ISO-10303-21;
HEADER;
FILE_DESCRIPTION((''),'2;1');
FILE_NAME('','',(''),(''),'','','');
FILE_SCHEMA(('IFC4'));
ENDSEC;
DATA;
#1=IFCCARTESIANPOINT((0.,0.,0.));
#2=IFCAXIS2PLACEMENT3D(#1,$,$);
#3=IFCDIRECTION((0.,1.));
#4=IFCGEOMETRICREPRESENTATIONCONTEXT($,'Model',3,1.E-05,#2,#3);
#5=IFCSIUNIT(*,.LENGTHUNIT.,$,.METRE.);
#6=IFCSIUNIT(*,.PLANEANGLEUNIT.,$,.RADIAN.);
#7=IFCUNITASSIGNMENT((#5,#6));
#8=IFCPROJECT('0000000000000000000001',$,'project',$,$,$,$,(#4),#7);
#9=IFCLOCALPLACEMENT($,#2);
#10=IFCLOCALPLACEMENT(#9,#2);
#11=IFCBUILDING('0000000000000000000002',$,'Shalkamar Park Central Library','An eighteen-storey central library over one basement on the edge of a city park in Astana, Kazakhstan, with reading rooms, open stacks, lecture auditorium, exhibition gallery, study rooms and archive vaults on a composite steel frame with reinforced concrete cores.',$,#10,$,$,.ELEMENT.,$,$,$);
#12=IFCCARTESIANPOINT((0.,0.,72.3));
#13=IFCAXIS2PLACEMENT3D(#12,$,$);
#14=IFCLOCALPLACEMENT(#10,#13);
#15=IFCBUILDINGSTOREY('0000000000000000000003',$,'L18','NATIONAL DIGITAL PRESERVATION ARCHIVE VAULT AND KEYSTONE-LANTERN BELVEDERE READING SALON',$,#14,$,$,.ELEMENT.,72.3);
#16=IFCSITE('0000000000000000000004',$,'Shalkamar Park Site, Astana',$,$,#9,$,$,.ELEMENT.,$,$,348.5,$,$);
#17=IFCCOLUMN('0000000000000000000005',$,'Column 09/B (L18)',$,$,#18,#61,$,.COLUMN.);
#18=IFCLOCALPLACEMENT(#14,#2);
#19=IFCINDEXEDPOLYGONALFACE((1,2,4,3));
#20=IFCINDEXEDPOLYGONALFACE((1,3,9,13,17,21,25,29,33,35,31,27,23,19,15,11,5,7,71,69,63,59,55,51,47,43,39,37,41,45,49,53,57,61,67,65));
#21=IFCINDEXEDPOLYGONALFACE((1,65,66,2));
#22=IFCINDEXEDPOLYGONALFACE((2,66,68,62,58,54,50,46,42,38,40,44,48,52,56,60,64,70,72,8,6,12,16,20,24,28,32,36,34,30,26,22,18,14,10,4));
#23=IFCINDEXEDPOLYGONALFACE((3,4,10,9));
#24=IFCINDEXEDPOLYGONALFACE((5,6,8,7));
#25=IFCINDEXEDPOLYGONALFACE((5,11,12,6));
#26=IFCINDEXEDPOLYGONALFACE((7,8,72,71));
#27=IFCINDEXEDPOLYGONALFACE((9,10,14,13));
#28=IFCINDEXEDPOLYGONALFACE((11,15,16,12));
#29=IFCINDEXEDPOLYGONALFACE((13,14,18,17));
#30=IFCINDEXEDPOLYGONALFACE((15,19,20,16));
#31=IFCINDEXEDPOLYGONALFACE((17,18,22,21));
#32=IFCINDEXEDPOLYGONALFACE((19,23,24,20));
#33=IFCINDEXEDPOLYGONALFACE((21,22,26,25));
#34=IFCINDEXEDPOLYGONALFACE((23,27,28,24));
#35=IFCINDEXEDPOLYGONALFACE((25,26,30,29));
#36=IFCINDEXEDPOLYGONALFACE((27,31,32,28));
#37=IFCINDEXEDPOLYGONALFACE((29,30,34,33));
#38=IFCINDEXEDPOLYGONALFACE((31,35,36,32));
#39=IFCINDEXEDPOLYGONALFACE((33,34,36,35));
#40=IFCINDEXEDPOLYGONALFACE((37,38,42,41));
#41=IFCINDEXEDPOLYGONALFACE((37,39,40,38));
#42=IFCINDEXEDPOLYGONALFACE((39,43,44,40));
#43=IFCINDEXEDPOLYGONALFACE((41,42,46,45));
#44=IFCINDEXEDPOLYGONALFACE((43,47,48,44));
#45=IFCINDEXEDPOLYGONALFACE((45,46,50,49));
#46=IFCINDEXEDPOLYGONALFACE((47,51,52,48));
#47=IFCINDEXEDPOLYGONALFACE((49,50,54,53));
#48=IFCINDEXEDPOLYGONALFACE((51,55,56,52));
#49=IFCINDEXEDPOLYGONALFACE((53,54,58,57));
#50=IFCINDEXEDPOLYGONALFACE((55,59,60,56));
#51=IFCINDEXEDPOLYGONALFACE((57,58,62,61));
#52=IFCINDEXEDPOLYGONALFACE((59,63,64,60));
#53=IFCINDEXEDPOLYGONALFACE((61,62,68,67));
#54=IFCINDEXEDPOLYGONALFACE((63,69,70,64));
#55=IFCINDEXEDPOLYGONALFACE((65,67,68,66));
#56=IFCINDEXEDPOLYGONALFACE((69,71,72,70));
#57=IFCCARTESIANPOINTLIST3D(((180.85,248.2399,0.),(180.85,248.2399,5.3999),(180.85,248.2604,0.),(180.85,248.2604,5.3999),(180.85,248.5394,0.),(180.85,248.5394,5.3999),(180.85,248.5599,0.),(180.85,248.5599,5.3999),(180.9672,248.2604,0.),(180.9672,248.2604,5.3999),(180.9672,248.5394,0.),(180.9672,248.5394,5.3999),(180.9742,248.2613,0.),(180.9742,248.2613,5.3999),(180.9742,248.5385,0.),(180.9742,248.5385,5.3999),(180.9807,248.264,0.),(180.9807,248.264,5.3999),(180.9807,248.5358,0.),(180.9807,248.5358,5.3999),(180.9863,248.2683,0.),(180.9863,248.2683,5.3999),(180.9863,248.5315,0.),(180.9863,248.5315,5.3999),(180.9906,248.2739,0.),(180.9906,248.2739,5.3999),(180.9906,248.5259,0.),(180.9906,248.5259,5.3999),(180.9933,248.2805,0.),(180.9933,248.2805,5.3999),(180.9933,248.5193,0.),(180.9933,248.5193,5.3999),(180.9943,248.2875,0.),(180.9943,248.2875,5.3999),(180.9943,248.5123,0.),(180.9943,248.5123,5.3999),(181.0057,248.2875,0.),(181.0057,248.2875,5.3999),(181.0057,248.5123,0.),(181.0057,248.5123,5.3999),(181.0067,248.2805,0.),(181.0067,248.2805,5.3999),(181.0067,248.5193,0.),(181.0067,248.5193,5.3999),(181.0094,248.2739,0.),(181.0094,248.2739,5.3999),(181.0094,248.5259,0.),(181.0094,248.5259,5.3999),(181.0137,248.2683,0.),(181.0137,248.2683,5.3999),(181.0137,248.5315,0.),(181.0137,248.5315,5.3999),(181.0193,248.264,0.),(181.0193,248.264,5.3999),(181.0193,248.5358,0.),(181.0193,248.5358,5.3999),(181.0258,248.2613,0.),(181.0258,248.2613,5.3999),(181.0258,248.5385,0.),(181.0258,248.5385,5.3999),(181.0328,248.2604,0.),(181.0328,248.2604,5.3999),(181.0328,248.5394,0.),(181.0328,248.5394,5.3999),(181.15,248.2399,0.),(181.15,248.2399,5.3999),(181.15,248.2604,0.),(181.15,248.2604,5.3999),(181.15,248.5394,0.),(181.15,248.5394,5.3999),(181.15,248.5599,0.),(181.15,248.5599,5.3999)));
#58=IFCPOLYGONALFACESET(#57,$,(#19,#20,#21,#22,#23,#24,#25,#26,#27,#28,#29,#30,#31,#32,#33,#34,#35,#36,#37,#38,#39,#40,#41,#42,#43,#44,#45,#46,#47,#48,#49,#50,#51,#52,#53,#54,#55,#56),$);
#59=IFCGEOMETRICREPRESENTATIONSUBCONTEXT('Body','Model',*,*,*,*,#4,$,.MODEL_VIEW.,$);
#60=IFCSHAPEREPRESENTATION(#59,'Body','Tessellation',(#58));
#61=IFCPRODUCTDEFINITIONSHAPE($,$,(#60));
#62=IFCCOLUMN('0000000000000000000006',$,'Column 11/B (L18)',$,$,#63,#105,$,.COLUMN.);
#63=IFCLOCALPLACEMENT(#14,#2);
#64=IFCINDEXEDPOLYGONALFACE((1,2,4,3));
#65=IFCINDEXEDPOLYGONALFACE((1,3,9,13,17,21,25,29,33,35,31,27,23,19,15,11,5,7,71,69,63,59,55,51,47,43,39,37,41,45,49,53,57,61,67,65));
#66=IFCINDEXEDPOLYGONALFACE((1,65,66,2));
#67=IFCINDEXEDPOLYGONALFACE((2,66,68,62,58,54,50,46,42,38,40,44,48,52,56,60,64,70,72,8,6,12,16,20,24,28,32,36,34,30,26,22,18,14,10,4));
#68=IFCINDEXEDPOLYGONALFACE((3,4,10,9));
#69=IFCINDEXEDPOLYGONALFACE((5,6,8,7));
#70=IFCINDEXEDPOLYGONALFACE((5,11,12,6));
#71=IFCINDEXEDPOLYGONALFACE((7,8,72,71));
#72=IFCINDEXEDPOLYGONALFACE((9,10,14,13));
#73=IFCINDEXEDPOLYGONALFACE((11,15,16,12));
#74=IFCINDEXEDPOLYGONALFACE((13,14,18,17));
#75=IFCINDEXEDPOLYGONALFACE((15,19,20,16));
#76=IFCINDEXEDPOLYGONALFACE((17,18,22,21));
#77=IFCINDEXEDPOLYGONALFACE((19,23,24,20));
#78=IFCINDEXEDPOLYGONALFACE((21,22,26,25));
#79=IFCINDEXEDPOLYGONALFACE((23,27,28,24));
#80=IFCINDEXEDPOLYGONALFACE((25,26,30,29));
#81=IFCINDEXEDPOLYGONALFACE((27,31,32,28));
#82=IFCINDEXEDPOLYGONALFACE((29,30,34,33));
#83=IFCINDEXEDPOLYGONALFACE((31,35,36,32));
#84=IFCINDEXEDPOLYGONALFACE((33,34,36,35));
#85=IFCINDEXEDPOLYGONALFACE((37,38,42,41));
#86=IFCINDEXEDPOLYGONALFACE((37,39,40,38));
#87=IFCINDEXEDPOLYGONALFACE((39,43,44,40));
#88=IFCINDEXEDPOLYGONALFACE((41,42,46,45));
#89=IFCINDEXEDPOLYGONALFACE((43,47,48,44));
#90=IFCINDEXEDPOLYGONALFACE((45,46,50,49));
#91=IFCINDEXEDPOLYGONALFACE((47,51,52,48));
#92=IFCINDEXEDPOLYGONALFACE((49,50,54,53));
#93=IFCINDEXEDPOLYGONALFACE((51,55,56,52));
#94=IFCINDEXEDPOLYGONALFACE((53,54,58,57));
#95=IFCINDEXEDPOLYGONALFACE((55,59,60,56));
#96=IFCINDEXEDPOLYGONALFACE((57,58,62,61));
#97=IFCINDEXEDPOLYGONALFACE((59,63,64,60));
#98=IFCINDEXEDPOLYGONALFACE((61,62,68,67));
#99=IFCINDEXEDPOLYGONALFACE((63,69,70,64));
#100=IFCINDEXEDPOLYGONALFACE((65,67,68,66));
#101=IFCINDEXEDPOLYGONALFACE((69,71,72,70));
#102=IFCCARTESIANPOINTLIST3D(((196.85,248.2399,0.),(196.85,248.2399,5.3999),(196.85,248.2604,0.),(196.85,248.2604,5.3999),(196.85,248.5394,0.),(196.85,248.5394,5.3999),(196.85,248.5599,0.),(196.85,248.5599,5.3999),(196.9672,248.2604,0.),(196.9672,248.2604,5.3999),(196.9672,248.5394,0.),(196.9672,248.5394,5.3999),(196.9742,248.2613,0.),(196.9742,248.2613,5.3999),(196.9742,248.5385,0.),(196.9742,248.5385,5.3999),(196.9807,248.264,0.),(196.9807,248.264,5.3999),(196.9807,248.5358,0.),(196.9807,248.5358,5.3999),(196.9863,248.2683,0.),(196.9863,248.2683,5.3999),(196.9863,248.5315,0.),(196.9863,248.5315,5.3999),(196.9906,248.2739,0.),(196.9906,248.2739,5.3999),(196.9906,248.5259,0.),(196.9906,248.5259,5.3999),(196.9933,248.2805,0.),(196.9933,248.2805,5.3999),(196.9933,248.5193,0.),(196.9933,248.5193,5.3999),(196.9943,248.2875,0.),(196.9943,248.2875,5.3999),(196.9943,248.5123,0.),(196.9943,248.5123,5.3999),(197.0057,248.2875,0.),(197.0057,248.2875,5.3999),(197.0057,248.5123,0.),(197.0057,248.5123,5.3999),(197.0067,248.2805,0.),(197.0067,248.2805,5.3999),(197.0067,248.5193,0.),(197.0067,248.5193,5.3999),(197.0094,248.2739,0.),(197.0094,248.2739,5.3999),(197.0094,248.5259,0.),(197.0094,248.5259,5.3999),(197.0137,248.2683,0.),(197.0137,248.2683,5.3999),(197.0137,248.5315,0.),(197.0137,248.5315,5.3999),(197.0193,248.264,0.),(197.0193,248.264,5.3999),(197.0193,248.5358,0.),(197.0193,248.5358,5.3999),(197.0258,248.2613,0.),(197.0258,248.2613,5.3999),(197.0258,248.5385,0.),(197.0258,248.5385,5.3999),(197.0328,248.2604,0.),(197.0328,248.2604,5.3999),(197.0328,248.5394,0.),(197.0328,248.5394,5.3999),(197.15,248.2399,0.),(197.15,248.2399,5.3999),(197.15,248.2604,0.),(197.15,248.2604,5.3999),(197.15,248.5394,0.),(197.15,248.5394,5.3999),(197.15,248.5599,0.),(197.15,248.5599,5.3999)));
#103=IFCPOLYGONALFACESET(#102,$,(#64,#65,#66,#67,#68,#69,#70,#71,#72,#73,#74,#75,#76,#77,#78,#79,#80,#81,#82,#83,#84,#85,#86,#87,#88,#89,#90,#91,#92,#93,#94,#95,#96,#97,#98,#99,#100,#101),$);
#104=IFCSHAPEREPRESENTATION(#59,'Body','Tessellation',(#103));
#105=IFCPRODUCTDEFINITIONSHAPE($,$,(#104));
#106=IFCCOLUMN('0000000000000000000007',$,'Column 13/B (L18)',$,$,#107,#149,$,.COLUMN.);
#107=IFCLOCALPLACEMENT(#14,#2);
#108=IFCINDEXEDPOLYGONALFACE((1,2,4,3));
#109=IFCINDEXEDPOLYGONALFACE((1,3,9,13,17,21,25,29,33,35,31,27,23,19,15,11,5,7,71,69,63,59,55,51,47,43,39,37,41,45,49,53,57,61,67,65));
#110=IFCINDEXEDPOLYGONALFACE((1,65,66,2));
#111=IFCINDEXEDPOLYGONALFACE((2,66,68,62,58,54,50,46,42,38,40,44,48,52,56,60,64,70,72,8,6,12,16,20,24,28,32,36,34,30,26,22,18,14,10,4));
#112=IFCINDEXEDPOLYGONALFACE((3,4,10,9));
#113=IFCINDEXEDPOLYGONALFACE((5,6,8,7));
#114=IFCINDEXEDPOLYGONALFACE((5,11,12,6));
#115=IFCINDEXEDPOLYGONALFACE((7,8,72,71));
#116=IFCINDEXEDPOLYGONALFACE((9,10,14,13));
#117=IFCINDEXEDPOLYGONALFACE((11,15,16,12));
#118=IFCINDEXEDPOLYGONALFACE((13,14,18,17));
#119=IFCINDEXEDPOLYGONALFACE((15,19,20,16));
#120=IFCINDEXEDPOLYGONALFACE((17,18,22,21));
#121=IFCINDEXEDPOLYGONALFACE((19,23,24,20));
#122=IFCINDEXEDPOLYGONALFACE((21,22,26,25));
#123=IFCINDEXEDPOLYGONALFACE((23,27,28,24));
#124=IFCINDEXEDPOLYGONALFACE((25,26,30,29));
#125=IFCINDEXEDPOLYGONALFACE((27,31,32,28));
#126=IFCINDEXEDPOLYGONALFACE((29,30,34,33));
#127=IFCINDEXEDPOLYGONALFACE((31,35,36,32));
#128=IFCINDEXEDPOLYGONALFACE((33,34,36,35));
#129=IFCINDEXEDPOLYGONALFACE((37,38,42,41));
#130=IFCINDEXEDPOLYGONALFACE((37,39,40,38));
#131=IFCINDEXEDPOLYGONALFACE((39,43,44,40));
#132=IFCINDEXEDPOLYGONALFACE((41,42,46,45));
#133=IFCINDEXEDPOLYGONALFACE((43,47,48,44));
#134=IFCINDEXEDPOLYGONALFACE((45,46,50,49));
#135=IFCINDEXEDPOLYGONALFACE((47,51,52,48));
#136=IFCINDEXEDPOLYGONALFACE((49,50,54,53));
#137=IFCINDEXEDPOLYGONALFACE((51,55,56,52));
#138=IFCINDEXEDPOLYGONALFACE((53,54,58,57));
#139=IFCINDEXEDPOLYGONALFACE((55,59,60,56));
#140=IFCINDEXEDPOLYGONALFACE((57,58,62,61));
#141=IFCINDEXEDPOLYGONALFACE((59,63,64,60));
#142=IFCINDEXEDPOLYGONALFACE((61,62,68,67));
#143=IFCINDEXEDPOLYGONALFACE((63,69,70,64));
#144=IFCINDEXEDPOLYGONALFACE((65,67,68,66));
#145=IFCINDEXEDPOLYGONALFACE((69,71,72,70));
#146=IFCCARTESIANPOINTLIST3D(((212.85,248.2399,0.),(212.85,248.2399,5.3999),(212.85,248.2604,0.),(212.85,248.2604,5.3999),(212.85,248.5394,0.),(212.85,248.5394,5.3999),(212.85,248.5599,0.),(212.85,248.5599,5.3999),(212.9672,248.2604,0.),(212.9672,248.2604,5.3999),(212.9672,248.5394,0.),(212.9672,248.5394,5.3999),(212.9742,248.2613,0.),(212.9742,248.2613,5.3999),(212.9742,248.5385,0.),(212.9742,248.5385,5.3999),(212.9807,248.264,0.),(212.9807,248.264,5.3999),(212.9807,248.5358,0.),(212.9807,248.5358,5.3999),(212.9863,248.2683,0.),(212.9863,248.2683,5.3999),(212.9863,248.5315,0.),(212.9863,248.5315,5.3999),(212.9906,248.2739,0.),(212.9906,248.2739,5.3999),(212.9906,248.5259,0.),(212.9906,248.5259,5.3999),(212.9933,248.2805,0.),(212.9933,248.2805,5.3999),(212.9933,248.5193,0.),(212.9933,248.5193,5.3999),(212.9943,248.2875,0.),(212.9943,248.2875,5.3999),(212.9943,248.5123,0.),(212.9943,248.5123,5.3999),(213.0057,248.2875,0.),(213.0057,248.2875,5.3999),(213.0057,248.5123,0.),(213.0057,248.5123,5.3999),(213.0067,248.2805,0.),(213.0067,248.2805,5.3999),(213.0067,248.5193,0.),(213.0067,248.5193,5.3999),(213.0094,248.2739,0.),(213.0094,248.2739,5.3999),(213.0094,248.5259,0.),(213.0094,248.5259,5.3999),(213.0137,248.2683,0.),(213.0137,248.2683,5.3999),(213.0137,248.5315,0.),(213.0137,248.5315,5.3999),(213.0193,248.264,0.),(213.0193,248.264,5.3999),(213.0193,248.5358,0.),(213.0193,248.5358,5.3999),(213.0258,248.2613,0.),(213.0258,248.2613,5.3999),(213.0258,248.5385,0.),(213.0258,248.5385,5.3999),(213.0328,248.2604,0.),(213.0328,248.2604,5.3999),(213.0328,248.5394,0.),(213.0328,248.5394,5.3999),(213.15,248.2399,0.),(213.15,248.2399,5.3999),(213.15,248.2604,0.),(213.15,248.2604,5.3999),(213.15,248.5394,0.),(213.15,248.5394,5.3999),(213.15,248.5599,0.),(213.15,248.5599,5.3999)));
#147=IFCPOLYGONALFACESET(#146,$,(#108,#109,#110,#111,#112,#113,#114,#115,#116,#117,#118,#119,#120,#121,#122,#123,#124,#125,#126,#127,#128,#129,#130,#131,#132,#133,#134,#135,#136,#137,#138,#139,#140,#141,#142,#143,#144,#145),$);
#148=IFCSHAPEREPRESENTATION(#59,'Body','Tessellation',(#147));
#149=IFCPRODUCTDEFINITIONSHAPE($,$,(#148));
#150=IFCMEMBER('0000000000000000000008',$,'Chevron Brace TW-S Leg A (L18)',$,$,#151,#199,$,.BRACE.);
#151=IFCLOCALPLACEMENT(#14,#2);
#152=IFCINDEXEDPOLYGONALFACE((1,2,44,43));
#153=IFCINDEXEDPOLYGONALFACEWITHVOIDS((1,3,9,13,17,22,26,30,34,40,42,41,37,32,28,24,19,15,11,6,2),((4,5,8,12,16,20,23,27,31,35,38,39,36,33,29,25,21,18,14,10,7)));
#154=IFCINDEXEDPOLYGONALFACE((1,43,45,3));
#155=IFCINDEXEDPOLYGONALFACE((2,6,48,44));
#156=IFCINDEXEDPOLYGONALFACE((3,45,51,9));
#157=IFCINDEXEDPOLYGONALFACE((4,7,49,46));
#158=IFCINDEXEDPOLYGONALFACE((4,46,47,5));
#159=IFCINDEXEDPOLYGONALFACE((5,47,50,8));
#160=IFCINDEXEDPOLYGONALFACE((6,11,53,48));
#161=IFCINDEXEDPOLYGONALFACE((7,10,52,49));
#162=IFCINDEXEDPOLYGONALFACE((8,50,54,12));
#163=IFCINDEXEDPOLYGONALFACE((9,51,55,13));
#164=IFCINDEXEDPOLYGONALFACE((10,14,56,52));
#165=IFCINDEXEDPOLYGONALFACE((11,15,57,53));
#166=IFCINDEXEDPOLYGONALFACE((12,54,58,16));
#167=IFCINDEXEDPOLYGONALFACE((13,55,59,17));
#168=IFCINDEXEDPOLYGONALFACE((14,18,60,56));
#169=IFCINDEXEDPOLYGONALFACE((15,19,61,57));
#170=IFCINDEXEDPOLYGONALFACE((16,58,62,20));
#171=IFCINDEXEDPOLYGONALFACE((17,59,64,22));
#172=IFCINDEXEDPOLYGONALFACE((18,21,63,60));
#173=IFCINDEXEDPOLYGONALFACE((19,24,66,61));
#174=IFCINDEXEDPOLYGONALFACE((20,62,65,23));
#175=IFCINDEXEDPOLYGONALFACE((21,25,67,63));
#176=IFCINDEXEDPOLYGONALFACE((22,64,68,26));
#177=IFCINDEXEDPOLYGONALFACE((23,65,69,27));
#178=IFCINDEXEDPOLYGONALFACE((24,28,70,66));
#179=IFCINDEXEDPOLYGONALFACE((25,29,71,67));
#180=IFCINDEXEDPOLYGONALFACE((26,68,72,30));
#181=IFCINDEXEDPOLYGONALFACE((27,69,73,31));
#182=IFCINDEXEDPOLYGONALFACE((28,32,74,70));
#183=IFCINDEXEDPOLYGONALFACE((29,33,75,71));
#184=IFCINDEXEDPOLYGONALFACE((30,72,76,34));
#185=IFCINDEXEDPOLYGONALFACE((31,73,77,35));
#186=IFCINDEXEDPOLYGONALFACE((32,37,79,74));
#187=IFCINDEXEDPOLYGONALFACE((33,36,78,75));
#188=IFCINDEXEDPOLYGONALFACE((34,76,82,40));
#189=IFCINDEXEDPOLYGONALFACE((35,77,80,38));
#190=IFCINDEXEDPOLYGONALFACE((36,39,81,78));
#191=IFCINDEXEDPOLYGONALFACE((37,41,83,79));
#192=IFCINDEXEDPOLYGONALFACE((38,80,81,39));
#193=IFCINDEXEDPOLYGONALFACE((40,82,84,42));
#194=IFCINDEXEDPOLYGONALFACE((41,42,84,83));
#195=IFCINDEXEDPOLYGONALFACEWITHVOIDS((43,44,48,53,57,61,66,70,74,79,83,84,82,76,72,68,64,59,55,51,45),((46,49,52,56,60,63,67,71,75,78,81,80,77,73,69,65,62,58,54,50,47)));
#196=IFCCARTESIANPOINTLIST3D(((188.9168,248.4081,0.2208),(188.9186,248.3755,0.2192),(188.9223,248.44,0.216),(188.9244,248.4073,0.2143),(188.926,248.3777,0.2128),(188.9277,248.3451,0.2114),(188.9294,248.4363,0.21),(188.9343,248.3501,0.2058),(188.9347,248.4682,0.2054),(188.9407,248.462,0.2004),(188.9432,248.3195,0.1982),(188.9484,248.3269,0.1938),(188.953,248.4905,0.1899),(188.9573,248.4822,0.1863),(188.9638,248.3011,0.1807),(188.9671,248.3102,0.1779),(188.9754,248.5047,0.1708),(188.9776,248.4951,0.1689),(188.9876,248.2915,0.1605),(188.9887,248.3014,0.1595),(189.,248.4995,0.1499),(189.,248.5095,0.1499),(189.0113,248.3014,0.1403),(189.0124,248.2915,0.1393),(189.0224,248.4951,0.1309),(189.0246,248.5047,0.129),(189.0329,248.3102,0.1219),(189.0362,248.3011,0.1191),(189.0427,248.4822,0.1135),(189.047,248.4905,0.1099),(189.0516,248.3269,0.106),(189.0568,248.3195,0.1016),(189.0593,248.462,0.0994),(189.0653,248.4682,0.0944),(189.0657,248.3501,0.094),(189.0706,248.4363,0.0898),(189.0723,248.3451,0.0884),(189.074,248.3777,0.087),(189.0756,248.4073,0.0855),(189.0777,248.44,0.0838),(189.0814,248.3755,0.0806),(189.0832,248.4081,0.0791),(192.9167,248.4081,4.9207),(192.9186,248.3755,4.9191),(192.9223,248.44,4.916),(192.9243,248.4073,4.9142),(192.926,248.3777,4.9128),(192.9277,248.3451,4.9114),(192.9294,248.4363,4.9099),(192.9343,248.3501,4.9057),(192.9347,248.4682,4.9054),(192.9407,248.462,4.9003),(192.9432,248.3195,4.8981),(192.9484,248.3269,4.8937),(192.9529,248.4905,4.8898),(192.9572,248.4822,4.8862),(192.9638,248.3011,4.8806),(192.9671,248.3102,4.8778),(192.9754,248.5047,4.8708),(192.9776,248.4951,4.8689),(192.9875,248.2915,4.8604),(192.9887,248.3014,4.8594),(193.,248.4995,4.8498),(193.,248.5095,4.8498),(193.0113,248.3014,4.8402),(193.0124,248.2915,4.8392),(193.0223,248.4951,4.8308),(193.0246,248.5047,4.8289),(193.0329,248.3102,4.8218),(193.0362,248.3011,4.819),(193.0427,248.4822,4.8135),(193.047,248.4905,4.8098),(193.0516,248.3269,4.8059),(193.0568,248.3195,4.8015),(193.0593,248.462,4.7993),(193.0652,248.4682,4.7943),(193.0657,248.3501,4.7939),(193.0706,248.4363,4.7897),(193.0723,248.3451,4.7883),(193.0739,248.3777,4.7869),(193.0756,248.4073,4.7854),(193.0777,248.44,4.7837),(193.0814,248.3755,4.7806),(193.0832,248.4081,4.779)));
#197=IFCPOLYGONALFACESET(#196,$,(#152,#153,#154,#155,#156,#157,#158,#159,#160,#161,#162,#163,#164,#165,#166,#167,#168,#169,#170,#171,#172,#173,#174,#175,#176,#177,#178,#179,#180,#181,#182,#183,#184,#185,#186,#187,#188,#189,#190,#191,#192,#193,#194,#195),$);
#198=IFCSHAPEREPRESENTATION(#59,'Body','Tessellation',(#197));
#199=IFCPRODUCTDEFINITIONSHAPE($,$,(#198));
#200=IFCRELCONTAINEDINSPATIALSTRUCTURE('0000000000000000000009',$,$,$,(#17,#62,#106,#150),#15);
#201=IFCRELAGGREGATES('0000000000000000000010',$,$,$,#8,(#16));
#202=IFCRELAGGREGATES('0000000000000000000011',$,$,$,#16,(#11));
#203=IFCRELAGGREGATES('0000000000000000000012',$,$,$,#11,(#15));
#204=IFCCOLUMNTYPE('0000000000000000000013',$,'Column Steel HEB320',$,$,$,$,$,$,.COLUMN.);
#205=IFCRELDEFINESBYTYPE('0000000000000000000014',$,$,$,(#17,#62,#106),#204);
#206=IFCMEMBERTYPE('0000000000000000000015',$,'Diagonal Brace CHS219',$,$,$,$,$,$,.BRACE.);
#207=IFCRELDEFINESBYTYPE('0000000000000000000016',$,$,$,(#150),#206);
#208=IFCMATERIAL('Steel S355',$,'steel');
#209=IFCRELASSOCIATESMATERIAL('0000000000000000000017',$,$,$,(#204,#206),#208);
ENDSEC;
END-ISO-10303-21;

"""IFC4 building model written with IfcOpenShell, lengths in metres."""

from ifc_helpers import new_model, si_unit, direction, frame, origin, origin_2d, place, context, subcontext, project, spatial, hollow_circle, i_section, extrude, material, material_profile, profile_set, type_object, element, save


model = new_model("IFC4")

# Units and contexts
model_context = context("Model", 3, precision=1e-05, world=origin(), true_north=direction((0.0, 1.0)))
body_context = subcontext(model_context, "Body", "Model", "MODEL_VIEW")
ifc_project = project(units=[si_unit("LENGTHUNIT", "METRE"), si_unit("PLANEANGLEUNIT", "RADIAN")], contexts=[model_context])

# Site, building, storey
site_placement = place(None, origin())
site = spatial("IfcSite", under=ifc_project, at=site_placement, Name="Shalkamar Park Site, Astana", CompositionType="ELEMENT", RefElevation=348.5)
building_placement = place(site_placement, origin())
building = spatial("IfcBuilding", under=site, at=building_placement, Name="Shalkamar Park Central Library", Description="An eighteen-storey central library over one basement on the edge of a city park in Astana, Kazakhstan, with reading rooms, open stacks, lecture auditorium, exhibition gallery, study rooms and archive vaults on a composite steel frame with reinforced concrete cores.", CompositionType="ELEMENT")
storey_placement = place(building_placement, frame((0.0, 0.0, 72.3)))
storey = spatial("IfcBuildingStorey", under=building, at=storey_placement, Name="L18", Description="NATIONAL DIGITAL PRESERVATION ARCHIVE VAULT AND KEYSTONE-LANTERN BELVEDERE READING SALON", CompositionType="ELEMENT", Elevation=72.3)

# Columns
ifc_material_1 = material(Name="Steel S355", Category="steel")
ifc_material_profile_1 = material_profile(ifc_material_1, i_section(OverallWidth=0.3, OverallDepth=0.3201, WebThickness=0.0115, FlangeThickness=0.0205, FilletRadius=0.0271, at=origin_2d()), Name="HEB 320")
ifc_profile_set_1 = profile_set([ifc_material_profile_1], Name="Steel S355")
column_type_1 = type_object("IfcColumnType", Name="Column Steel HEB320", PredefinedType="COLUMN", material=ifc_profile_set_1)
for number, where, z_axis, x_axis, name in (
    (1, (181.0, 248.3999, 0.0), (0.0, 0.0, 1.0), (1.0, 0.0, 0.0), "Column 09/B (L18)"),
    (2, (197.0, 248.3999, 0.0), (0.0, 0.0, 1.0), (1.0, 0.0, 0.0), "Column 11/B (L18)"),
    (3, (213.0, 248.3999, 0.0), (0.0, 0.0, 1.0), (1.0, 0.0, 0.0), "Column 13/B (L18)"),
):
    element("IfcColumn", number, at=place(storey_placement, frame(where, z_axis=z_axis, x_axis=x_axis)), inside=storey, type_object=column_type_1, Name=name, PredefinedType="COLUMN", context=body_context, shape_type="SweptSolid", body=[
        extrude(i_section(OverallWidth=0.3, OverallDepth=0.3201, WebThickness=0.0115, FlangeThickness=0.0205, FilletRadius=0.0271, at=origin_2d()), origin(), (0.0, 0.0, 1.0), 5.3999),
    ])

# Member
ifc_material_profile_2 = material_profile(ifc_material_1, hollow_circle(Radius=0.1096, WallThickness=0.01, at=origin_2d()), Name="CHS 219.1x10")
ifc_profile_set_2 = profile_set([ifc_material_profile_2], Name="Steel S355")
member_type = type_object("IfcMemberType", Name="Diagonal Brace CHS219", PredefinedType="BRACE", material=ifc_profile_set_2)
for number, where, z_axis, x_axis, name in (
    (4, (189.0, 248.3999, 0.1499), (0.648123, 0.0, 0.761536), (0.0, 1.0, 0.0), "Chevron Brace TW-S Leg A (L18)"),
):
    element("IfcMember", number, at=place(storey_placement, frame(where, z_axis=z_axis, x_axis=x_axis)), inside=storey, type_object=member_type, Name=name, PredefinedType="BRACE", context=body_context, shape_type="SweptSolid", body=[
        extrude(hollow_circle(Radius=0.1096, WallThickness=0.01, at=origin_2d()), origin(), (0.0, 0.0, 1.0), 6.1716),
    ])

save(model, "model.ifc")
